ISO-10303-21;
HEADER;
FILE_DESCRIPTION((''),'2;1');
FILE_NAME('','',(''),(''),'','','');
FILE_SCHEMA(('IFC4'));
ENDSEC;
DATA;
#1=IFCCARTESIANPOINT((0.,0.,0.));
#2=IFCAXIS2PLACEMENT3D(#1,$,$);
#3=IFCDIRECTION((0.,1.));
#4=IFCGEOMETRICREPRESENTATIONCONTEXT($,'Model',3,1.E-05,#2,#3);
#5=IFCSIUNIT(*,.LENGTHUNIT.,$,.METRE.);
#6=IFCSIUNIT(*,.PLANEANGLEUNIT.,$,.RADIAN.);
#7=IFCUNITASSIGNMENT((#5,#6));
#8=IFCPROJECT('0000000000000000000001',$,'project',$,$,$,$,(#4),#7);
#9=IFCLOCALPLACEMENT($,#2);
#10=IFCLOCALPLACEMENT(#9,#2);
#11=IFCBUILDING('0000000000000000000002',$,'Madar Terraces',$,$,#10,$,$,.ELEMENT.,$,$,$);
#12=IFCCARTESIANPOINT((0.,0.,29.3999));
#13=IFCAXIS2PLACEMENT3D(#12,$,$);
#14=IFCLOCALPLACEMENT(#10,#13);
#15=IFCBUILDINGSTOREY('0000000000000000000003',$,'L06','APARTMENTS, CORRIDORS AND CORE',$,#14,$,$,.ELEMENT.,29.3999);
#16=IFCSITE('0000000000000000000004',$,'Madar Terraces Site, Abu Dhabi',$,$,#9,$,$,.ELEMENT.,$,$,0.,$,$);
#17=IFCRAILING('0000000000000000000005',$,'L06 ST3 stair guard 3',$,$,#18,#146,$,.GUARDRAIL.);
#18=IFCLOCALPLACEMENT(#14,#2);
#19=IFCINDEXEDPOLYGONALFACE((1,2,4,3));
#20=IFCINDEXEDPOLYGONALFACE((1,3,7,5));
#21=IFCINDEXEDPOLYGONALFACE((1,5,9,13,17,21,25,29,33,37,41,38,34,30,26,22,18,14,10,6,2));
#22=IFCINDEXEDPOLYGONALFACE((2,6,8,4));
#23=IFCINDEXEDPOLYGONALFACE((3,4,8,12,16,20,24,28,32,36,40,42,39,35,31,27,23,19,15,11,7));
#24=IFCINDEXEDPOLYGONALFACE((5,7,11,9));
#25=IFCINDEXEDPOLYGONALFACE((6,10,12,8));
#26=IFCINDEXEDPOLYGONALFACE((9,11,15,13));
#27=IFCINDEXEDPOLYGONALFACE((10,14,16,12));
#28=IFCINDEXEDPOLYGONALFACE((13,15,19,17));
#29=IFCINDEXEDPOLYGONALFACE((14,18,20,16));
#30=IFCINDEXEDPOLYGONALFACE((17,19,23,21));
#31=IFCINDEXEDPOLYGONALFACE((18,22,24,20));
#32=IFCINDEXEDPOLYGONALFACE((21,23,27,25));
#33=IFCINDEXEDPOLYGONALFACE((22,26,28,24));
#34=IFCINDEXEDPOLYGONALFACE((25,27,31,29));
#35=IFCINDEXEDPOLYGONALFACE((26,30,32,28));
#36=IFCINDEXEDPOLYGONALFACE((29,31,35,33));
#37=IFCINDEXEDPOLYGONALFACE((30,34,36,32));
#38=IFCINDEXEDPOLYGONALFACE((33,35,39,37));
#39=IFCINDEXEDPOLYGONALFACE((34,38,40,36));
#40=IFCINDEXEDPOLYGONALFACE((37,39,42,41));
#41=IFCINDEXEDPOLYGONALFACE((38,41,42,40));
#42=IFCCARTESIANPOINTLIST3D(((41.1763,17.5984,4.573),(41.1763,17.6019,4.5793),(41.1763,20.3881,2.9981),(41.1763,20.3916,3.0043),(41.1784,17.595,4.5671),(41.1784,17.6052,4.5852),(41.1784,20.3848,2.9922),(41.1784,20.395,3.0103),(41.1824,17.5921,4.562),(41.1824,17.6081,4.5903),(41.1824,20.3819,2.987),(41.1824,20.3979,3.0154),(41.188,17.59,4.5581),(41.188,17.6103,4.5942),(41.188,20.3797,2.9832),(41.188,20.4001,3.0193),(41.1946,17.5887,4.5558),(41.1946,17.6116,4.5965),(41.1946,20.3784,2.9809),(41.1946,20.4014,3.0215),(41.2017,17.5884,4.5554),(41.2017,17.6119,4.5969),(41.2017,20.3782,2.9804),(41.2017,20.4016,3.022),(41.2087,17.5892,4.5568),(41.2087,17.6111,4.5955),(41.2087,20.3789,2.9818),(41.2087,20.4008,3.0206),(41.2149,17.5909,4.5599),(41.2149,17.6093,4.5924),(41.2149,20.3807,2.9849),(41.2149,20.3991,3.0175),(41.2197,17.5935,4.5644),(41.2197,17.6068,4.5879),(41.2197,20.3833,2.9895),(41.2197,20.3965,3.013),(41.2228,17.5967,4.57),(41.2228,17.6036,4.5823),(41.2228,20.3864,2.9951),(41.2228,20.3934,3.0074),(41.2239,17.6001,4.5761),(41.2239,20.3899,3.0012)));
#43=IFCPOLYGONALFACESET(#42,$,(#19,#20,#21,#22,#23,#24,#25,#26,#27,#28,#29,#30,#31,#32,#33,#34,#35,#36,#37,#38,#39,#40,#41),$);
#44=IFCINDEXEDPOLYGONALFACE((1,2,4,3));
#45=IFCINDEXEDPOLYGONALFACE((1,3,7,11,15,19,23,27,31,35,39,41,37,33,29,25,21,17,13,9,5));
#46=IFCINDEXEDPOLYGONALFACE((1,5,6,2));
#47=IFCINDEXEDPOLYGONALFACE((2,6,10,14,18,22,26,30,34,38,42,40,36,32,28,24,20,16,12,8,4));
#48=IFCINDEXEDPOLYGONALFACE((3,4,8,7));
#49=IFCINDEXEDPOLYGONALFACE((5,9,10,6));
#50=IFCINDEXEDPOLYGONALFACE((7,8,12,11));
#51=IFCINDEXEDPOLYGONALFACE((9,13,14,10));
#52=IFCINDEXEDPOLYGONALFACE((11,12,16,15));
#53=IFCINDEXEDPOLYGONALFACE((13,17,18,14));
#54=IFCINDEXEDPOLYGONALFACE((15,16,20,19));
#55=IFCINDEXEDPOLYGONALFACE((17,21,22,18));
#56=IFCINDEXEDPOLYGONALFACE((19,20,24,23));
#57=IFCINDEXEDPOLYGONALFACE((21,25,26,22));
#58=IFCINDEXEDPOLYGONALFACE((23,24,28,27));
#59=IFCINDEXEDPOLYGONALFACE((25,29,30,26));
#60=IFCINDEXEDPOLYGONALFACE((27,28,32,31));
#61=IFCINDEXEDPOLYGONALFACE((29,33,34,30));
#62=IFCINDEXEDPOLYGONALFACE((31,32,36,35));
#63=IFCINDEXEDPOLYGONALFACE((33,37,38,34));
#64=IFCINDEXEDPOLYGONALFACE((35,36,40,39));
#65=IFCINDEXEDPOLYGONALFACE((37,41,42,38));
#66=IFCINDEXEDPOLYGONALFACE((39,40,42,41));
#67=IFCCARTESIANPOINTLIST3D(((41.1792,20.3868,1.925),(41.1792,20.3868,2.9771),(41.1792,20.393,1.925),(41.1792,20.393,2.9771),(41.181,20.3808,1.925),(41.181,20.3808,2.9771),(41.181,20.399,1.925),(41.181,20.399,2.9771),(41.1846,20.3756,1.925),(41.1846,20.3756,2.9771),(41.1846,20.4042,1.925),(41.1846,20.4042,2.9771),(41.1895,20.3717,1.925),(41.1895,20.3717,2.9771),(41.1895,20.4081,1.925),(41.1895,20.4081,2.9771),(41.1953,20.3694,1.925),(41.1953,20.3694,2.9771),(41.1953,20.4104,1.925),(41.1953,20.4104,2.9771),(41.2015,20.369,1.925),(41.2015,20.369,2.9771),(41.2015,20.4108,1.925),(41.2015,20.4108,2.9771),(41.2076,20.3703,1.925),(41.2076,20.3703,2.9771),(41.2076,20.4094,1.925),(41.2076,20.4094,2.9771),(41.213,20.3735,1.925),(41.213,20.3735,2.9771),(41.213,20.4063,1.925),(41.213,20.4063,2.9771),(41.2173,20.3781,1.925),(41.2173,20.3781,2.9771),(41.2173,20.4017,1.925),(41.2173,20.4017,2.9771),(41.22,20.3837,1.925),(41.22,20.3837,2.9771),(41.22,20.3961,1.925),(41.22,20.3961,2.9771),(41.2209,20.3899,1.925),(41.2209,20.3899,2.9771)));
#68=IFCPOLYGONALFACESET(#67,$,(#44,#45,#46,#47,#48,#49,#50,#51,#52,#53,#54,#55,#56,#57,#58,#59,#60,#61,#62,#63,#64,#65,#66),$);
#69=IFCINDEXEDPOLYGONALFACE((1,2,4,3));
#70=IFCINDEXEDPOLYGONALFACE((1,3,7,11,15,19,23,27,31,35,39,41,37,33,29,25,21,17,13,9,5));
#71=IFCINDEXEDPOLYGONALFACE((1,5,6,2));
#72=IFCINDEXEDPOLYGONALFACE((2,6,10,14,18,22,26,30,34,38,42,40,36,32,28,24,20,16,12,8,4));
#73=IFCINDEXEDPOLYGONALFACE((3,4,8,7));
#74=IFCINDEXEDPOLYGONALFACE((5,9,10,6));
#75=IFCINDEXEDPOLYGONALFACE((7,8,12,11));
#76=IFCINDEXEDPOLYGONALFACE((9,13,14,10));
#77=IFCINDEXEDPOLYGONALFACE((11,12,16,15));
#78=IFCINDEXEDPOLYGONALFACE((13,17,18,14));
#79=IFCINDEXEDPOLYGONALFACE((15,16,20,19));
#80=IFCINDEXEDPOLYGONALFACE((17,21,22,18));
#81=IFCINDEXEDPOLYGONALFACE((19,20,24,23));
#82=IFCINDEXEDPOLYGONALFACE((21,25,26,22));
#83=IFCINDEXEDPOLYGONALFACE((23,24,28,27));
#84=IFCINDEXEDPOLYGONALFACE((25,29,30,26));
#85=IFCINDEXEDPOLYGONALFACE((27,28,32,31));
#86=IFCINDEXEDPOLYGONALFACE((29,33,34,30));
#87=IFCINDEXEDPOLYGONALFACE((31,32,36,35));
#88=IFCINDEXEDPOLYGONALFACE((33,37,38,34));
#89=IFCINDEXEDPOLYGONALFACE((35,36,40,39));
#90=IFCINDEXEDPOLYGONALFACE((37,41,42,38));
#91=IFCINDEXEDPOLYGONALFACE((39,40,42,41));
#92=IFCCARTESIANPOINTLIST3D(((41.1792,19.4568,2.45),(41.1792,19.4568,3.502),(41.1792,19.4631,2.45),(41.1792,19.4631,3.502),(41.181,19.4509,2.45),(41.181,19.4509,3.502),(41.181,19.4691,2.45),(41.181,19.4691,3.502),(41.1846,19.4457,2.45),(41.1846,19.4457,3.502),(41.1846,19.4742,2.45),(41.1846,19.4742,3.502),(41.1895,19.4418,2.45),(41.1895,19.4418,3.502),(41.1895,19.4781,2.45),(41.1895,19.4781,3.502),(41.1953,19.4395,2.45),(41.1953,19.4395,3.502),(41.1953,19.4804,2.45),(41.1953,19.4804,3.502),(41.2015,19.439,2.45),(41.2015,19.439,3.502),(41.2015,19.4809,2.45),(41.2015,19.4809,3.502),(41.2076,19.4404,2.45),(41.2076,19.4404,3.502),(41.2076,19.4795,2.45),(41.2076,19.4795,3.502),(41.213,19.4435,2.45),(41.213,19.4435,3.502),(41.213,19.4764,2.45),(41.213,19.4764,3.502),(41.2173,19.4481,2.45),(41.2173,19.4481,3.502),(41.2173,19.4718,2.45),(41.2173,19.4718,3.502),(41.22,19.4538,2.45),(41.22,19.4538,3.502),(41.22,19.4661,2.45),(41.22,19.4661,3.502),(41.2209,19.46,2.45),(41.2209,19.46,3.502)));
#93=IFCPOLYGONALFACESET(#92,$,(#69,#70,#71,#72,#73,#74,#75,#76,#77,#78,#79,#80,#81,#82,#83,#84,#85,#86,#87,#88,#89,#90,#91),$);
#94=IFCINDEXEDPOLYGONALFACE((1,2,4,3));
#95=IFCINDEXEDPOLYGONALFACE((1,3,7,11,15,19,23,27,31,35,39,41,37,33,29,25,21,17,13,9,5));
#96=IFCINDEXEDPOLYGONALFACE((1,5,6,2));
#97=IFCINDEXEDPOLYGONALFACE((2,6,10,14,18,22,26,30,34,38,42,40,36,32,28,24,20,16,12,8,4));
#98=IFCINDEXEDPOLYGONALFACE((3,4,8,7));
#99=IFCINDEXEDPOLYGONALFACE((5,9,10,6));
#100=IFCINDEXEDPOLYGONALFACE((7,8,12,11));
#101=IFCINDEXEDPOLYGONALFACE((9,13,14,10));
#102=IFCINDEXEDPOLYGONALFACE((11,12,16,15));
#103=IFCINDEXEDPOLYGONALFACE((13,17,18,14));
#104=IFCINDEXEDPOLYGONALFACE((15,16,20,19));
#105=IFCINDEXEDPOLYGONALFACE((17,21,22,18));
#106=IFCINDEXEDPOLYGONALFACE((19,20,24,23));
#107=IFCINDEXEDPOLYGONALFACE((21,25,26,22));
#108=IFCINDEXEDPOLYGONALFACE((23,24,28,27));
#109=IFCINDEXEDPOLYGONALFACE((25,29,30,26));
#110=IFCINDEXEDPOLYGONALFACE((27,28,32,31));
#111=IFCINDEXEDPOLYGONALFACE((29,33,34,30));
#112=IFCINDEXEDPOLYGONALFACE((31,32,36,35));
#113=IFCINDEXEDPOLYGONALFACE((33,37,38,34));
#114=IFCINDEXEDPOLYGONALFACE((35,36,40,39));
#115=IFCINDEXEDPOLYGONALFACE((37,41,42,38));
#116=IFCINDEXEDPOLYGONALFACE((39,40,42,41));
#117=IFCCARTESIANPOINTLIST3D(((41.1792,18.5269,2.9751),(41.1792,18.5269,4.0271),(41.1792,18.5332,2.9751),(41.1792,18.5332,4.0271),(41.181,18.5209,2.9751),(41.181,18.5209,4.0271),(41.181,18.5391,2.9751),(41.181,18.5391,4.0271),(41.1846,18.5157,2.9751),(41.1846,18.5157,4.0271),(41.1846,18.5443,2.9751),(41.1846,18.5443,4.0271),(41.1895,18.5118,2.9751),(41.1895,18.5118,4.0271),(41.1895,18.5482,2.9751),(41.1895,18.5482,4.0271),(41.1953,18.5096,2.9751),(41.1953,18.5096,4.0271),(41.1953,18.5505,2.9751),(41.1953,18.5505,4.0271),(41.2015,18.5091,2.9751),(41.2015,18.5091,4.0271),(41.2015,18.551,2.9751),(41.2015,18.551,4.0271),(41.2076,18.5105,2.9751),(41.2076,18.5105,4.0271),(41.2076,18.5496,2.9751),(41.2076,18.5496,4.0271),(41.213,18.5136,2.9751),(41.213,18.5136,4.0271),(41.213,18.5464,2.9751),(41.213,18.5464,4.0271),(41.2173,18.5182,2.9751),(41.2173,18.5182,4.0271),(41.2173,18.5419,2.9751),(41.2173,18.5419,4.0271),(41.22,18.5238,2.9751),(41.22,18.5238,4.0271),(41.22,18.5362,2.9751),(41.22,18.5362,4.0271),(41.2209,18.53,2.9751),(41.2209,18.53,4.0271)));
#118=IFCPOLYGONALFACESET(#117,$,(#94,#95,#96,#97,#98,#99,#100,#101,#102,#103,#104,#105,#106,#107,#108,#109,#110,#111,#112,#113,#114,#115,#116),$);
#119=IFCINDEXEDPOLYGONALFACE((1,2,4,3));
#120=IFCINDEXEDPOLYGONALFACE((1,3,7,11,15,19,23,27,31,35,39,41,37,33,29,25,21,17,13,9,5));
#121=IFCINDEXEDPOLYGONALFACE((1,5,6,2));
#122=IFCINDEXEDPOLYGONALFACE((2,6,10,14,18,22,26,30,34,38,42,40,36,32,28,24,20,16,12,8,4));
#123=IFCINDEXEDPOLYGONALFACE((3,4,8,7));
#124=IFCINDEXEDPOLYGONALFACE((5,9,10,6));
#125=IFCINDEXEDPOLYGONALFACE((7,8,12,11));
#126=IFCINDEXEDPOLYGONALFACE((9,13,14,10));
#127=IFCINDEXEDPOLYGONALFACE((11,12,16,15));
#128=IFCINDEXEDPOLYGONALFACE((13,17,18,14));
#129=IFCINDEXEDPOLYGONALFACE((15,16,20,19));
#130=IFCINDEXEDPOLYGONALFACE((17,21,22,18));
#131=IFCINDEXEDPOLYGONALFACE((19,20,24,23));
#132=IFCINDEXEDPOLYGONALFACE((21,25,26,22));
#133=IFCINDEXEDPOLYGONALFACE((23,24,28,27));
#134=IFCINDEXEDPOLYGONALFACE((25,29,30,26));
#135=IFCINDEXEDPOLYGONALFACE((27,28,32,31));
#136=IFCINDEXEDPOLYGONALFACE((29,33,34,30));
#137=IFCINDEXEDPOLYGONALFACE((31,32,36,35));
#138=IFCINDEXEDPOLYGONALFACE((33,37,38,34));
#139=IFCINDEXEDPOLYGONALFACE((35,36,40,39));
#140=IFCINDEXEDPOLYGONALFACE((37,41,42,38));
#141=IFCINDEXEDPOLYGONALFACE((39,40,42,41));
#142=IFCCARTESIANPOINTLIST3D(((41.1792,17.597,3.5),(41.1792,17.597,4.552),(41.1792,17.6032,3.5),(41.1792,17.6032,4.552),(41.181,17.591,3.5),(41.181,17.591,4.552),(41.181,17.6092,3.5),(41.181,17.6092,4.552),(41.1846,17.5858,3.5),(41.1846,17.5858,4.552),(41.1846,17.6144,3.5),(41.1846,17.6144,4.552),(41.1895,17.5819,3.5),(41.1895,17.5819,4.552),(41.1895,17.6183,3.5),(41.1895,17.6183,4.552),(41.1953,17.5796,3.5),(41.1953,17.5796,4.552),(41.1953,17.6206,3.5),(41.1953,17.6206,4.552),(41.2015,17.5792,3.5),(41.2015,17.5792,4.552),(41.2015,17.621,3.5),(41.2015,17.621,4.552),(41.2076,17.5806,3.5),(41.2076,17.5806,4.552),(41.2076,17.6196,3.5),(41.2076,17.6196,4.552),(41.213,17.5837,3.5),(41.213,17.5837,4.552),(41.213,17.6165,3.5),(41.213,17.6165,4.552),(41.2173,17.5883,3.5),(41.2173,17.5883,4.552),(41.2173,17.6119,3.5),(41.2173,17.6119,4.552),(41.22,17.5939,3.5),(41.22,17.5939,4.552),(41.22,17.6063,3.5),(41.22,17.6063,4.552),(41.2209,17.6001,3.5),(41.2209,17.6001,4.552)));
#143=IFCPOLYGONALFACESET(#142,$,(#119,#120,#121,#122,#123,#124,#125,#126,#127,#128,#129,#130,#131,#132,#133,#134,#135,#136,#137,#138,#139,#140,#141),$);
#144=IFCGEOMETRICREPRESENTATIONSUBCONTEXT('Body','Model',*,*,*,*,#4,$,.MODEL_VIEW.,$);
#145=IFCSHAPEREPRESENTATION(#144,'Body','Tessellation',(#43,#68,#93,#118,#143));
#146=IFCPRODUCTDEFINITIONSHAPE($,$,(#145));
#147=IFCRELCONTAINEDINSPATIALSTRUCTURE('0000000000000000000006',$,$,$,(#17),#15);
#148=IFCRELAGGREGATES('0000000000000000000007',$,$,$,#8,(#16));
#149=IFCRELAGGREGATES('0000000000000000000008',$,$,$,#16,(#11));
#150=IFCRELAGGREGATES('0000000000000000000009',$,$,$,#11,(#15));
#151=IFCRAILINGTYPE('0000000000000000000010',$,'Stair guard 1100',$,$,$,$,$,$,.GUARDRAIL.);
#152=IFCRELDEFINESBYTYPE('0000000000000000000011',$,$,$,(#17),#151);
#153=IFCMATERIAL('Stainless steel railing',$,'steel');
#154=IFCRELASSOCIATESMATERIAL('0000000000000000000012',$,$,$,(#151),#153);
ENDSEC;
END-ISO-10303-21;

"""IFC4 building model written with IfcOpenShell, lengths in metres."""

from ifc_helpers import new_model, si_unit, direction, frame, origin, origin_2d, place, context, subcontext, project, spatial, circle, extrude, material, type_object, element, save


model = new_model("IFC4")

# Units and contexts
model_context = context("Model", 3, precision=1e-05, world=origin(), true_north=direction((0.0, 1.0)))
body_context = subcontext(model_context, "Body", "Model", "MODEL_VIEW")
ifc_project = project(units=[si_unit("LENGTHUNIT", "METRE"), si_unit("PLANEANGLEUNIT", "RADIAN")], contexts=[model_context])

# Site, building, storey
site_placement = place(None, origin())
site = spatial("IfcSite", under=ifc_project, at=site_placement, Name="Madar Terraces Site, Abu Dhabi", CompositionType="ELEMENT", RefElevation=0.0)
building_placement = place(site_placement, origin())
building = spatial("IfcBuilding", under=site, at=building_placement, Name="Madar Terraces", CompositionType="ELEMENT")
storey_placement = place(building_placement, frame((0.0, 0.0, 29.3999)))
storey = spatial("IfcBuildingStorey", under=building, at=storey_placement, Name="L06", Description="APARTMENTS, CORRIDORS AND CORE", CompositionType="ELEMENT", Elevation=29.3999)

# Railing
ifc_material_1 = material(Name="Stainless steel railing", Category="steel")
railing_type_1 = type_object("IfcRailingType", Name="Stair guard 1100", PredefinedType="GUARDRAIL", material=ifc_material_1)
railing_1_placement = place(storey_placement, frame((41.2, 20.3899, 1.925)))
element("IfcRailing", 1, at=railing_1_placement, inside=storey, type_object=railing_type_1, Name="L06 ST3 stair guard 3", PredefinedType="GUARDRAIL", context=body_context, shape_type="SweptSolid", body=[
    extrude(circle(Radius=0.0239, at=origin_2d()), frame((0.0, 0.0, 1.0762), z_axis=(0.0, -0.870815, 0.49161), x_axis=(1.0, 0.0, 0.0)), (0.0, 0.0, 1.0), 3.2036),
    extrude(circle(Radius=0.021, at=origin_2d()), origin(), (0.0, 0.0, 1.0), 1.052),
    extrude(circle(Radius=0.021, at=origin_2d()), frame((0.0, -0.9299, 0.5249)), (0.0, 0.0, 1.0), 1.052),
    extrude(circle(Radius=0.021, at=origin_2d()), frame((0.0, -1.8599, 1.05)), (0.0, 0.0, 1.0), 1.052),
    extrude(circle(Radius=0.021, at=origin_2d()), frame((0.0, -2.7898, 1.575)), (0.0, 0.0, 1.0), 1.052),
])

save(model, "model.ifc")
